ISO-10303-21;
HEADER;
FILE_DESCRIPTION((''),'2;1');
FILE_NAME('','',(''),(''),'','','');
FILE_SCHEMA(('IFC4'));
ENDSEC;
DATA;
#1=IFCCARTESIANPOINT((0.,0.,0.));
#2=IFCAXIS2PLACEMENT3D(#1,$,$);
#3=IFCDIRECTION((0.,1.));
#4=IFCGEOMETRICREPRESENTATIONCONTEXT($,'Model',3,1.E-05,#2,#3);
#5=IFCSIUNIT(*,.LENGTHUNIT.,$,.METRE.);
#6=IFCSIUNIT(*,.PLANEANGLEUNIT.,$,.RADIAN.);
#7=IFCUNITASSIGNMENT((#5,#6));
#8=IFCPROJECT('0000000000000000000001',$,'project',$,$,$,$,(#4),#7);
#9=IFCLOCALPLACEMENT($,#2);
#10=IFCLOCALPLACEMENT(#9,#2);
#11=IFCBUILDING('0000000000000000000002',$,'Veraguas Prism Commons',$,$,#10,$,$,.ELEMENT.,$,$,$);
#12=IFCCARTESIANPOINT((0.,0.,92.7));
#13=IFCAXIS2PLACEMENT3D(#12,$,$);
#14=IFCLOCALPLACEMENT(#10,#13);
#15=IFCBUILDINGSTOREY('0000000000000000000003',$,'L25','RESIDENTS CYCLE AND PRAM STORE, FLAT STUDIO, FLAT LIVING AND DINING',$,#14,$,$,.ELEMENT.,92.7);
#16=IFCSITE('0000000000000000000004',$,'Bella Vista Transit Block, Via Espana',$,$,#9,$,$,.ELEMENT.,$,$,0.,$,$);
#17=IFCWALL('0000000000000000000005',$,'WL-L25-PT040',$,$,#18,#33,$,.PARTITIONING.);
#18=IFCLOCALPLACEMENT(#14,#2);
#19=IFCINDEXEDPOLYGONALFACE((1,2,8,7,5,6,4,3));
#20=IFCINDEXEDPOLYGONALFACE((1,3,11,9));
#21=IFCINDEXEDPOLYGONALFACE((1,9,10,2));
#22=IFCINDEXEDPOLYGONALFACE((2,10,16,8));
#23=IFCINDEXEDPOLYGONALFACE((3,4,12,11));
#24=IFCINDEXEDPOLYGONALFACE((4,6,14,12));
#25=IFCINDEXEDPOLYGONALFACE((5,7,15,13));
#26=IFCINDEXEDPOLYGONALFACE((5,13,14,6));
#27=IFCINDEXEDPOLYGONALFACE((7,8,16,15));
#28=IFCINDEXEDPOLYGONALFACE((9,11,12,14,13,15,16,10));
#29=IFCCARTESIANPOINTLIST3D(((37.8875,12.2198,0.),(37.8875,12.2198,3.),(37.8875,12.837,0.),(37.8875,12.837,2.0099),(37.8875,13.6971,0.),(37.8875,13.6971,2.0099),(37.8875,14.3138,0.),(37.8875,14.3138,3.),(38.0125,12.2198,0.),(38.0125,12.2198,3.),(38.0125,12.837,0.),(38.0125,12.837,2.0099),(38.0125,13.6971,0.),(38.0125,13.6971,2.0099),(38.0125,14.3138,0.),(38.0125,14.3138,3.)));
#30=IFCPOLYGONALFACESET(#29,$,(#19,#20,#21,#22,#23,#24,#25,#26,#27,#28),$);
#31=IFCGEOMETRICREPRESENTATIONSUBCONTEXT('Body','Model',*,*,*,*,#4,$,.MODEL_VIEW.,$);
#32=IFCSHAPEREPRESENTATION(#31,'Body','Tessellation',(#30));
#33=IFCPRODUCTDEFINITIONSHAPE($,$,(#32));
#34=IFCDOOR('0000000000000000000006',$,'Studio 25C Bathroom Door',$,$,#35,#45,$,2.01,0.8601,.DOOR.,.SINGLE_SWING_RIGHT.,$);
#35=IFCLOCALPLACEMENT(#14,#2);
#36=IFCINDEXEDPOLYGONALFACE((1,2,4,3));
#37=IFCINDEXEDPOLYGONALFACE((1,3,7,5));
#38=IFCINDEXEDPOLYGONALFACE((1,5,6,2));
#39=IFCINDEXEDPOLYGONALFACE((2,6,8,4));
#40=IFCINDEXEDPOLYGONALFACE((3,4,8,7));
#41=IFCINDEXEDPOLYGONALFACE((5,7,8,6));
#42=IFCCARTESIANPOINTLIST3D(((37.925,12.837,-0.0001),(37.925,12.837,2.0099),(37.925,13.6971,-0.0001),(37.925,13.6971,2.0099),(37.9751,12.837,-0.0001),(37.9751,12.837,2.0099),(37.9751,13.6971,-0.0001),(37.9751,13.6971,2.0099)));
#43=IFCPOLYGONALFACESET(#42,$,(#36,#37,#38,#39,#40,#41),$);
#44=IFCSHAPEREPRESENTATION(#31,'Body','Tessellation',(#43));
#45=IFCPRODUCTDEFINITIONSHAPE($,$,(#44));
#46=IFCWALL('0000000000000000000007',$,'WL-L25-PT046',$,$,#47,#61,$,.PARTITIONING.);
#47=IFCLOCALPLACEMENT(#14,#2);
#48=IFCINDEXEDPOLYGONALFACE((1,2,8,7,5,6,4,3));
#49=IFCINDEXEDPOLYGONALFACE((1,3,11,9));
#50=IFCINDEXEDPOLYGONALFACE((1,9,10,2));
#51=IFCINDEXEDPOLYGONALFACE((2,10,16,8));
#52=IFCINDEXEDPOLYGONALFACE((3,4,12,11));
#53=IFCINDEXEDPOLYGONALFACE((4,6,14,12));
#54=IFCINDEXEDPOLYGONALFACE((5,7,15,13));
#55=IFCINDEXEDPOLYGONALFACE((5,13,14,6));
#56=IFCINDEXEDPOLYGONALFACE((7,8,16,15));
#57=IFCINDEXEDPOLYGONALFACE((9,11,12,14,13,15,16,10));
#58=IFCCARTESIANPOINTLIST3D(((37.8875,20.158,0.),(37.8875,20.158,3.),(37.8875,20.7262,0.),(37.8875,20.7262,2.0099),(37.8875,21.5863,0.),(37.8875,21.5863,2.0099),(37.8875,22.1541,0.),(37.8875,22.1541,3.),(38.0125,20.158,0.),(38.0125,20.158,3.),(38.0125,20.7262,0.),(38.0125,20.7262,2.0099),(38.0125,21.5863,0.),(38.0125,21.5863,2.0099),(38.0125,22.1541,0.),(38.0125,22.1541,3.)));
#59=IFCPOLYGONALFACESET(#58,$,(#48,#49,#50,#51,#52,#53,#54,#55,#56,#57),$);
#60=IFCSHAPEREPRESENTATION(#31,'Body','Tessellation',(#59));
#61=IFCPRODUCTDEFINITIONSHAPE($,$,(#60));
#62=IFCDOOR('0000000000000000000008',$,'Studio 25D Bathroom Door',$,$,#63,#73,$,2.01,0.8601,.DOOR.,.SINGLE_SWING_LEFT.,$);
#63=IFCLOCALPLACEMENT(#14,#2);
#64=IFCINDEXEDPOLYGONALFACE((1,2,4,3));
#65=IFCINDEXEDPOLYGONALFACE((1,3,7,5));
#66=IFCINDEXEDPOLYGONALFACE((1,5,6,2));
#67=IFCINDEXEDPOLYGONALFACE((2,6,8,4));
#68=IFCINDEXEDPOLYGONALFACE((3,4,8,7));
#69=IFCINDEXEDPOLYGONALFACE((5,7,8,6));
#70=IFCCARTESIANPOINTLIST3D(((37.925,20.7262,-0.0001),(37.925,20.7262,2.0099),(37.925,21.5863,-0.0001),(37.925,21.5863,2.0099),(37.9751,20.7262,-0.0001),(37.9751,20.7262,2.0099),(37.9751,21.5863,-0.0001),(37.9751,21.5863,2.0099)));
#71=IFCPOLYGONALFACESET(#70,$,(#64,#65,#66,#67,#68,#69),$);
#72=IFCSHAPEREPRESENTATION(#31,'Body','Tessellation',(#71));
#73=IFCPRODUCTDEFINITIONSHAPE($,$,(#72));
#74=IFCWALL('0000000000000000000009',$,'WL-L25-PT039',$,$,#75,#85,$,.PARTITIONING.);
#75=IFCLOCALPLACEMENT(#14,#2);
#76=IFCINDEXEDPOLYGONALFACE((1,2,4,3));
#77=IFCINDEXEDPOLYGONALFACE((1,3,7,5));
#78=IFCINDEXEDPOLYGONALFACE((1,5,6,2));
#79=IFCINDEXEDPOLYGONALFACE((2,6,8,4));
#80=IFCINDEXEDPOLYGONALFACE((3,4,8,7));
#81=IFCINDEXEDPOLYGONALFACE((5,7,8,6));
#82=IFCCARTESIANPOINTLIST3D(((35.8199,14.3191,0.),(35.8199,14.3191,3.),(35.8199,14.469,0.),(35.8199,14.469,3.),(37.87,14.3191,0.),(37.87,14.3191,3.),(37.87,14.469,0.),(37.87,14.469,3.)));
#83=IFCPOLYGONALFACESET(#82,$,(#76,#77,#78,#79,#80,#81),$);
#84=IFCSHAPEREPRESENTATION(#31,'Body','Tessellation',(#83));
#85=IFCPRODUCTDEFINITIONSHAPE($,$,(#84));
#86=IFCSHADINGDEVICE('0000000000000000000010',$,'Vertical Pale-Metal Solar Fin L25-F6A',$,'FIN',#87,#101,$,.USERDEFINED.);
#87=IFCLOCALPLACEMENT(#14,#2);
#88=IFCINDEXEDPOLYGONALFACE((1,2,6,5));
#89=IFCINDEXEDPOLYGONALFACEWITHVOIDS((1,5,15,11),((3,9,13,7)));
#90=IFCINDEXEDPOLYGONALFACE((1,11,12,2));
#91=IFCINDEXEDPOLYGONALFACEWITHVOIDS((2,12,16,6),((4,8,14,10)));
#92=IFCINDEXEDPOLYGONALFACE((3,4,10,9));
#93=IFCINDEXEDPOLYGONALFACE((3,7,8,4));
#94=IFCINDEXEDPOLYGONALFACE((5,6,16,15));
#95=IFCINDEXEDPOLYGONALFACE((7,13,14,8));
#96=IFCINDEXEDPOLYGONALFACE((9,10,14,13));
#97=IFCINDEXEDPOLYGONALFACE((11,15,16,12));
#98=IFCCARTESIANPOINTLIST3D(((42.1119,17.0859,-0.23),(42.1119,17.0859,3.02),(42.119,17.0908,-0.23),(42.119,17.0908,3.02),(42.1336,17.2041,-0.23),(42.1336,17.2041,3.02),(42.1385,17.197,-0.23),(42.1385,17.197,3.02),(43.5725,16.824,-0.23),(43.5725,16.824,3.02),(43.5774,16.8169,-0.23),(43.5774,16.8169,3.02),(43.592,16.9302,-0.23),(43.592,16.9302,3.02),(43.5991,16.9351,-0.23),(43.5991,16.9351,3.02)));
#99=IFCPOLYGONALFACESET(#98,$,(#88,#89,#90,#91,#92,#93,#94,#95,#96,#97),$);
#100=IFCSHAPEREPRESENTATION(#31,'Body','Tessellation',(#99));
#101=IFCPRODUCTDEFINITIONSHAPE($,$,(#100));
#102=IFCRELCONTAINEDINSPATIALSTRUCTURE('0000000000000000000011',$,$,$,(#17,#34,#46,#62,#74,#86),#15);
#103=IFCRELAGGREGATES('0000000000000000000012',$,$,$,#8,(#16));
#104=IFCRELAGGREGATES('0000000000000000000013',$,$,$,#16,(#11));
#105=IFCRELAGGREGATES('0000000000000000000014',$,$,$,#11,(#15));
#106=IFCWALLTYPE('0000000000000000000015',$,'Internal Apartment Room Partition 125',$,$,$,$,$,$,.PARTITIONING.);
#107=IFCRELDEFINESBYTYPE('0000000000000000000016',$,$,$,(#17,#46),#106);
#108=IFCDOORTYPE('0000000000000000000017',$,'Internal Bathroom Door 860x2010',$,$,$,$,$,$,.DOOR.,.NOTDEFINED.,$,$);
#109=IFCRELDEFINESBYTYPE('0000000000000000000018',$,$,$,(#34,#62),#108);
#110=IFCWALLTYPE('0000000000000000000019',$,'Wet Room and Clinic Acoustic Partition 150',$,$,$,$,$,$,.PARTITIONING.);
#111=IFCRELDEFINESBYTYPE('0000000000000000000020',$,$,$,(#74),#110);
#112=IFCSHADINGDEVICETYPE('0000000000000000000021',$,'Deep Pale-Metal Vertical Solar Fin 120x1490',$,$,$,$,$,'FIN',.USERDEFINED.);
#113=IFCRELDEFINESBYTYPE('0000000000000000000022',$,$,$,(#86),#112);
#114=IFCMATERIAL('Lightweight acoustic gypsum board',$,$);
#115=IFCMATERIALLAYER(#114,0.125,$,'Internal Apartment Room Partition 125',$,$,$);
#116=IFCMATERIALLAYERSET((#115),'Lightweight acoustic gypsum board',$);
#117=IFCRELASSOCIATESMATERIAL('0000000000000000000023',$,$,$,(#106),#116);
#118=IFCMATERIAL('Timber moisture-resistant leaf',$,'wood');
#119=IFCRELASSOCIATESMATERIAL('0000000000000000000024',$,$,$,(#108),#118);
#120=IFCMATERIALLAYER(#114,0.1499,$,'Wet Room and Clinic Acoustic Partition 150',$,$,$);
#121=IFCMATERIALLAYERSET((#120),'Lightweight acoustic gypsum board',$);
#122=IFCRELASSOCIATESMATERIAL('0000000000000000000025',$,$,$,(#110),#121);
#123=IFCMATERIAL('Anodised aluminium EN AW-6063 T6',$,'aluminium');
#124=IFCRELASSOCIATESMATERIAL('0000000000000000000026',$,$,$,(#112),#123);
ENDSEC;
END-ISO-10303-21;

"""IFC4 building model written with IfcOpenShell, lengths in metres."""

from ifc_helpers import new_model, si_unit, direction, frame, frame_2d, origin, origin_2d, place, context, subcontext, project, spatial, rectangle, hollow_rectangle, extrude, source, transform, mapped, material, layer, layer_set, material_profile, profile_set, type_object, element, fill, save


model = new_model("IFC4")

# Units and contexts
model_context = context("Model", 3, precision=1e-05, world=origin(), true_north=direction((0.0, 1.0)))
body_context = subcontext(model_context, "Body", "Model", "MODEL_VIEW")
ifc_project = project(units=[si_unit("LENGTHUNIT", "METRE"), si_unit("PLANEANGLEUNIT", "RADIAN")], contexts=[model_context])

# Site, building, storey
site_placement = place(None, origin())
site = spatial("IfcSite", under=ifc_project, at=site_placement, Name="Bella Vista Transit Block, Via Espana", CompositionType="ELEMENT", RefElevation=0.0)
building_placement = place(site_placement, origin())
building = spatial("IfcBuilding", under=site, at=building_placement, Name="Veraguas Prism Commons", CompositionType="ELEMENT")
storey_placement = place(building_placement, frame((0.0, 0.0, 92.7)))
storey = spatial("IfcBuildingStorey", under=building, at=storey_placement, Name="L25", Description="RESIDENTS CYCLE AND PRAM STORE, FLAT STUDIO, FLAT LIVING AND DINING", CompositionType="ELEMENT", Elevation=92.7)

# Shared definitions
ifc_material_1 = material(Name="Anodised aluminium EN AW-6063 T6", Category="aluminium")

# Walls, openings, doors
ifc_material_2 = material(Name="Lightweight acoustic gypsum board")
ifc_layer_1 = layer(ifc_material_2, 0.125, Name="Internal Apartment Room Partition 125")
ifc_layer_set_1 = layer_set([ifc_layer_1], Name="Lightweight acoustic gypsum board")
wall_type_1 = type_object("IfcWallType", Name="Internal Apartment Room Partition 125", PredefinedType="PARTITIONING", material=ifc_layer_set_1)
wall_1_placement = place(storey_placement, frame((37.95, 12.22, 0.0), z_axis=(0.0, 0.0, 1.0), x_axis=(0.0, 1.0, 0.0)))
wall_1 = element("IfcWall", 1, at=wall_1_placement, inside=storey, type_object=wall_type_1, Name="WL-L25-PT040", PredefinedType="PARTITIONING", context=body_context, shape_type="SweptSolid", body=[
    extrude(rectangle(XDim=2.094, YDim=0.125, at=frame_2d((1.0469, 0.0))), origin(), (0.0, 0.0, 1.0), 3.0),
])
opening_1_placement = place(wall_1_placement, frame((0.6169, 0.0, 0.0)))
opening_1 = element("IfcOpeningElement", 2, at=opening_1_placement, cuts=wall_1, PredefinedType="OPENING", context=body_context, shape_type="SweptSolid", body=[
    extrude(rectangle(XDim=0.8601, YDim=2.01, at=frame_2d((0.4302, 1.0049))), frame((0.0, 0.0725, 0.0), z_axis=(0.0, -1.0, 0.0), x_axis=(1.0, 0.0, 0.0)), (0.0, 0.0, 1.0), 0.145),
])
ifc_material_3 = material(Name="Timber moisture-resistant leaf", Category="wood")
door_type_1 = type_object("IfcDoorType", Name="Internal Bathroom Door 860x2010", OperationType="NOTDEFINED", PredefinedType="DOOR", material=ifc_material_3)
shared_shape_1 = source(origin(), body_context, "Body", "SweptSolid", [
    extrude(rectangle(XDim=0.8601, YDim=2.01, at=frame_2d((0.4302, 1.0049))), frame((0.0, 0.0249, 0.0), z_axis=(0.0, -1.0, 0.0), x_axis=(1.0, 0.0, 0.0)), (0.0, 0.0, 1.0), 0.05),
])
door_1_placement = place(opening_1_placement, origin())
door_1 = element("IfcDoor", 3, at=door_1_placement, inside=storey, type_object=door_type_1, Name="Studio 25C Bathroom Door", OperationType="SINGLE_SWING_RIGHT", OverallHeight=2.01, OverallWidth=0.8601, PredefinedType="DOOR", context=body_context, shape_type="MappedRepresentation", body=[
    mapped(shared_shape_1, transform((0.0, 0.0, 0.0), scale=1.0)),
])
fill(opening_1, door_1)
wall_2_placement = place(storey_placement, frame((37.95, 20.158, 0.0), z_axis=(0.0, 0.0, 1.0), x_axis=(0.0, 1.0, 0.0)))
wall_2 = element("IfcWall", 4, at=wall_2_placement, inside=storey, type_object=wall_type_1, Name="WL-L25-PT046", PredefinedType="PARTITIONING", context=body_context, shape_type="SweptSolid", body=[
    extrude(rectangle(XDim=1.9961, YDim=0.125, at=frame_2d((0.998, 0.0))), origin(), (0.0, 0.0, 1.0), 3.0),
])
opening_2_placement = place(wall_2_placement, frame((0.5681, 0.0, 0.0)))
opening_2 = element("IfcOpeningElement", 5, at=opening_2_placement, cuts=wall_2, PredefinedType="OPENING", context=body_context, shape_type="SweptSolid", body=[
    extrude(rectangle(XDim=0.8601, YDim=2.01, at=frame_2d((0.4302, 1.0049))), frame((0.0, 0.0725, 0.0), z_axis=(0.0, -1.0, 0.0), x_axis=(1.0, 0.0, 0.0)), (0.0, 0.0, 1.0), 0.145),
])
door_2_placement = place(opening_2_placement, origin())
door_2 = element("IfcDoor", 6, at=door_2_placement, inside=storey, type_object=door_type_1, Name="Studio 25D Bathroom Door", OperationType="SINGLE_SWING_LEFT", OverallHeight=2.01, OverallWidth=0.8601, PredefinedType="DOOR", context=body_context, shape_type="MappedRepresentation", body=[
    mapped(shared_shape_1, transform((0.0, 0.0, 0.0), scale=1.0)),
])
fill(opening_2, door_2)

# Wall
ifc_layer_2 = layer(ifc_material_2, 0.1499, Name="Wet Room and Clinic Acoustic Partition 150")
ifc_layer_set_2 = layer_set([ifc_layer_2], Name="Lightweight acoustic gypsum board")
wall_type_2 = type_object("IfcWallType", Name="Wet Room and Clinic Acoustic Partition 150", PredefinedType="PARTITIONING", material=ifc_layer_set_2)
wall_3_placement = place(storey_placement, frame((35.8201, 14.394, 0.0), z_axis=(0.0, 0.0, 1.0), x_axis=(1.0, 0.0, 0.0)))
element("IfcWall", 7, at=wall_3_placement, inside=storey, type_object=wall_type_2, Name="WL-L25-PT039", PredefinedType="PARTITIONING", context=body_context, shape_type="SweptSolid", body=[
    extrude(rectangle(XDim=2.05, YDim=0.1499, at=frame_2d((1.0249, 0.0))), origin(), (0.0, 0.0, 1.0), 3.0),
])

# Shading device
ifc_material_profile_1 = material_profile(ifc_material_1, hollow_rectangle(XDim=0.1201, YDim=1.49, WallThickness=0.0061, at=origin_2d()), Name="FIN120X1490X6")
ifc_profile_set_1 = profile_set([ifc_material_profile_1], Name="Anodised aluminium EN AW-6063 T6")
shading_device_type = type_object("IfcShadingDeviceType", Name="Deep Pale-Metal Vertical Solar Fin 120x1490", ElementType="FIN", PredefinedType="USERDEFINED", material=ifc_profile_set_1)
shading_device_placement = place(storey_placement, frame((42.8555, 17.0105, -0.23), z_axis=(0.0, 0.0, 1.0), x_axis=(0.180521, 0.983571, 0.0)))
element("IfcShadingDevice", 8, at=shading_device_placement, inside=storey, type_object=shading_device_type, Name="Vertical Pale-Metal Solar Fin L25-F6A", ObjectType="FIN", PredefinedType="USERDEFINED", context=body_context, shape_type="SweptSolid", body=[
    extrude(hollow_rectangle(XDim=0.1201, YDim=1.49, WallThickness=0.0061, at=origin_2d()), origin(), (0.0, 0.0, 1.0), 3.25),
])

save(model, "model.ifc")
